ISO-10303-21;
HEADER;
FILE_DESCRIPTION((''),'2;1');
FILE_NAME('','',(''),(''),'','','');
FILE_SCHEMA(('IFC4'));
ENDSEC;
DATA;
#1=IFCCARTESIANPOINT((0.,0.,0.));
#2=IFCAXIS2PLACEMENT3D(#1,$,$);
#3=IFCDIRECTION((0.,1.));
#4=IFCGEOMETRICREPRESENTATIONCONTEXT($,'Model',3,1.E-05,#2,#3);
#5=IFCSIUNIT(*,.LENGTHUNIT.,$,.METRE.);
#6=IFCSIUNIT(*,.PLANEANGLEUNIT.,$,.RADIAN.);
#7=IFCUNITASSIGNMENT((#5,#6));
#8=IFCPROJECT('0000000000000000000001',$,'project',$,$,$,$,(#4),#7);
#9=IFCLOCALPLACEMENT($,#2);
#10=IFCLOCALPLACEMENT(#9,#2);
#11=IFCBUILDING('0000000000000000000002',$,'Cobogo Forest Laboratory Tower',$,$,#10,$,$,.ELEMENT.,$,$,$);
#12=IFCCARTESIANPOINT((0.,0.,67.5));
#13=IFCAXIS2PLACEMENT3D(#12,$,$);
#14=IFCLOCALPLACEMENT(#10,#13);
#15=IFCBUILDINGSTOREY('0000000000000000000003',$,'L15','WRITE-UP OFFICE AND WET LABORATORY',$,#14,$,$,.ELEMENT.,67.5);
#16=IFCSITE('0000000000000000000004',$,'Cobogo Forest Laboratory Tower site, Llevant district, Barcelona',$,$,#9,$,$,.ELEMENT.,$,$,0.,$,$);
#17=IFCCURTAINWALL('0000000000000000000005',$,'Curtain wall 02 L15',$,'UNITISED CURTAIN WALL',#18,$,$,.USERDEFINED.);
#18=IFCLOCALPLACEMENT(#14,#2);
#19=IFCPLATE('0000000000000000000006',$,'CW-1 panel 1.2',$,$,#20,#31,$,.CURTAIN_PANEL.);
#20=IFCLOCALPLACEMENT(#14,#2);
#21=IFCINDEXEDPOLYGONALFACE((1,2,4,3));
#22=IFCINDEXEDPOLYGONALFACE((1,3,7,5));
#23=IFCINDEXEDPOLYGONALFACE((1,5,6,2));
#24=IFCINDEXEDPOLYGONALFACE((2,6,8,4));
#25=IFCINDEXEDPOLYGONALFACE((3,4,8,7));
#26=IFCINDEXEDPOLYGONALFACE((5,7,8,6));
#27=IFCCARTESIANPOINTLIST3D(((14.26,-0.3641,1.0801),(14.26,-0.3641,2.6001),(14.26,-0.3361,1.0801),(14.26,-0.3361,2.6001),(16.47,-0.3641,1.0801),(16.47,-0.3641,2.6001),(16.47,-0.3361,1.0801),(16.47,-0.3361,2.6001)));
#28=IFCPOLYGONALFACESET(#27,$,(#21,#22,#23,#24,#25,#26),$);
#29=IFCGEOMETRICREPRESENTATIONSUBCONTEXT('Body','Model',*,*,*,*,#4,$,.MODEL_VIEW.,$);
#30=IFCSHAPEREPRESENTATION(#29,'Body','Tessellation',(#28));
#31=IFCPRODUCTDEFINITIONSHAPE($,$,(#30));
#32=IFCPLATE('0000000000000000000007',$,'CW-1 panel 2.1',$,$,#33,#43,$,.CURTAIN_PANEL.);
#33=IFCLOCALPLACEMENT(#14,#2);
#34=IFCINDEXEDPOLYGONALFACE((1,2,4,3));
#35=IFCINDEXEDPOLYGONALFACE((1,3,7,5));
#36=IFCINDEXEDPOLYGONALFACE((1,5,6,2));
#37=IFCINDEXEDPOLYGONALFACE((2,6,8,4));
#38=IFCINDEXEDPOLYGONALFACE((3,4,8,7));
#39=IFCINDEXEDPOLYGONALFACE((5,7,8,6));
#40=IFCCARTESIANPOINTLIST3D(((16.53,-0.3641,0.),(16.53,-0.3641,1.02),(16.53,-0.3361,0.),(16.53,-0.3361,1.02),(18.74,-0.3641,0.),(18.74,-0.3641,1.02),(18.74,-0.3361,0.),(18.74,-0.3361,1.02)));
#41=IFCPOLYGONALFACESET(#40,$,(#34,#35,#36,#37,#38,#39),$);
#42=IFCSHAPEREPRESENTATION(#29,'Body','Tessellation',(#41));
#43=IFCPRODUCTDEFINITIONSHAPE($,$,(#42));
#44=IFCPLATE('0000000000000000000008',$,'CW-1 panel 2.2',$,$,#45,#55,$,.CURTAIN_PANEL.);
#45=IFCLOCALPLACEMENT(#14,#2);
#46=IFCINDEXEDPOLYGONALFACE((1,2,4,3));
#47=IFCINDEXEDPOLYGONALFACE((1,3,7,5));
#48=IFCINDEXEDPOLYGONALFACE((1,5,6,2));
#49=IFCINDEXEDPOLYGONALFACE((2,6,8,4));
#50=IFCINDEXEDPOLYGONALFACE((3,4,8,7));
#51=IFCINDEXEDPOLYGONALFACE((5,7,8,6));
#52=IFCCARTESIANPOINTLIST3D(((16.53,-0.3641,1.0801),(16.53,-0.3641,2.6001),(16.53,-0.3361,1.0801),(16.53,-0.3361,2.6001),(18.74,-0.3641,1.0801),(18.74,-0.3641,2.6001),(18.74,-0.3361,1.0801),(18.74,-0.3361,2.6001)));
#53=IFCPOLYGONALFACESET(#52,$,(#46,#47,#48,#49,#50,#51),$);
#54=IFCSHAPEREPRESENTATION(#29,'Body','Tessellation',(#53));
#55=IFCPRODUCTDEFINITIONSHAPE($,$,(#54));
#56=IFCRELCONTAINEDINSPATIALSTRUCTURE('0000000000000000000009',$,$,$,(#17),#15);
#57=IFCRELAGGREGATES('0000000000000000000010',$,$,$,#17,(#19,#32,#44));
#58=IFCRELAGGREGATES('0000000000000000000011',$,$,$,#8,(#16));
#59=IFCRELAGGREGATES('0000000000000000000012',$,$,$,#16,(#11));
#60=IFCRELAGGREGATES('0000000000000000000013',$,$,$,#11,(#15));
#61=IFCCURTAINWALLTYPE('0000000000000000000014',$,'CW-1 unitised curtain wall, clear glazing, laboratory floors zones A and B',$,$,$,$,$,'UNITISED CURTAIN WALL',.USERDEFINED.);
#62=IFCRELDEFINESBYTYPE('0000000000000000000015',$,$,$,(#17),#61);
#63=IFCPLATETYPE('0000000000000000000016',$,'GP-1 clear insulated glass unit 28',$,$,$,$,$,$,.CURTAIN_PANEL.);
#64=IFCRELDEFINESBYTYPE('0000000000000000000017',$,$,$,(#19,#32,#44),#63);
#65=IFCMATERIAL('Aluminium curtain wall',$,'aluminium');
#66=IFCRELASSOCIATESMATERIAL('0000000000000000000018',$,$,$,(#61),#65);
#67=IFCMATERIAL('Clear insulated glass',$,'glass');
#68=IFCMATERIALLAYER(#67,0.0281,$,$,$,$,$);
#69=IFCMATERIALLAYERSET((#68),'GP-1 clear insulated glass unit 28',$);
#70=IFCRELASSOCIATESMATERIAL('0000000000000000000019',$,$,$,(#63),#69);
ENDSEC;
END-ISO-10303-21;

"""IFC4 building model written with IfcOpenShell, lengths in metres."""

from ifc_helpers import new_model, si_unit, direction, frame, origin, origin_2d, place, context, subcontext, project, spatial, rectangle, extrude, material, layer, layer_set, type_object, element, aggregate, save


model = new_model("IFC4")

# Units and contexts
model_context = context("Model", 3, precision=1e-05, world=origin(), true_north=direction((0.0, 1.0)))
body_context = subcontext(model_context, "Body", "Model", "MODEL_VIEW")
ifc_project = project(units=[si_unit("LENGTHUNIT", "METRE"), si_unit("PLANEANGLEUNIT", "RADIAN")], contexts=[model_context])

# Site, building, storey
site_placement = place(None, origin())
site = spatial("IfcSite", under=ifc_project, at=site_placement, Name="Cobogo Forest Laboratory Tower site, Llevant district, Barcelona", CompositionType="ELEMENT", RefElevation=0.0)
building_placement = place(site_placement, origin())
building = spatial("IfcBuilding", under=site, at=building_placement, Name="Cobogo Forest Laboratory Tower", CompositionType="ELEMENT")
storey_placement = place(building_placement, frame((0.0, 0.0, 67.5)))
storey = spatial("IfcBuildingStorey", under=building, at=storey_placement, Name="L15", Description="WRITE-UP OFFICE AND WET LABORATORY", CompositionType="ELEMENT", Elevation=67.5)

# Curtain wall
ifc_material_1 = material(Name="Aluminium curtain wall", Category="aluminium")
curtain_wall_type = type_object("IfcCurtainWallType", Name="CW-1 unitised curtain wall, clear glazing, laboratory floors zones A and B", ElementType="UNITISED CURTAIN WALL", PredefinedType="USERDEFINED", material=ifc_material_1)
curtain_wall_1_placement = place(storey_placement, origin())
curtain_wall_1 = element("IfcCurtainWall", 1, at=curtain_wall_1_placement, inside=storey, type_object=curtain_wall_type, Name="Curtain wall 02 L15", ObjectType="UNITISED CURTAIN WALL", PredefinedType="USERDEFINED")

# Plates
ifc_material_2 = material(Name="Clear insulated glass", Category="glass")
ifc_layer = layer(ifc_material_2, 0.0281)
ifc_layer_set = layer_set([ifc_layer], Name="GP-1 clear insulated glass unit 28")
plate_type_1 = type_object("IfcPlateType", Name="GP-1 clear insulated glass unit 28", PredefinedType="CURTAIN_PANEL", material=ifc_layer_set)
plate_1_placement = place(storey_placement, frame((15.365, -0.3501, 1.0801), z_axis=(0.0, 0.0, 1.0), x_axis=(1.0, 0.0, 0.0)))
plate_1 = element("IfcPlate", 2, at=plate_1_placement, type_object=plate_type_1, Name="CW-1 panel 1.2", PredefinedType="CURTAIN_PANEL", context=body_context, shape_type="SweptSolid", body=[
    extrude(rectangle(XDim=2.21, YDim=0.0281, at=origin_2d()), origin(), (0.0, 0.0, 1.0), 1.52),
])
plate_2_placement = place(storey_placement, frame((17.635, -0.3501, 0.0), z_axis=(0.0, 0.0, 1.0), x_axis=(1.0, 0.0, 0.0)))
plate_2 = element("IfcPlate", 3, at=plate_2_placement, type_object=plate_type_1, Name="CW-1 panel 2.1", PredefinedType="CURTAIN_PANEL", context=body_context, shape_type="SweptSolid", body=[
    extrude(rectangle(XDim=2.21, YDim=0.0281, at=origin_2d()), origin(), (0.0, 0.0, 1.0), 1.02),
])
plate_3_placement = place(storey_placement, frame((17.635, -0.3501, 1.0801), z_axis=(0.0, 0.0, 1.0), x_axis=(1.0, 0.0, 0.0)))
plate_3 = element("IfcPlate", 4, at=plate_3_placement, type_object=plate_type_1, Name="CW-1 panel 2.2", PredefinedType="CURTAIN_PANEL", context=body_context, shape_type="SweptSolid", body=[
    extrude(rectangle(XDim=2.21, YDim=0.0281, at=origin_2d()), origin(), (0.0, 0.0, 1.0), 1.52),
])
aggregate(curtain_wall_1, [plate_1, plate_2, plate_3])

save(model, "model.ifc")
